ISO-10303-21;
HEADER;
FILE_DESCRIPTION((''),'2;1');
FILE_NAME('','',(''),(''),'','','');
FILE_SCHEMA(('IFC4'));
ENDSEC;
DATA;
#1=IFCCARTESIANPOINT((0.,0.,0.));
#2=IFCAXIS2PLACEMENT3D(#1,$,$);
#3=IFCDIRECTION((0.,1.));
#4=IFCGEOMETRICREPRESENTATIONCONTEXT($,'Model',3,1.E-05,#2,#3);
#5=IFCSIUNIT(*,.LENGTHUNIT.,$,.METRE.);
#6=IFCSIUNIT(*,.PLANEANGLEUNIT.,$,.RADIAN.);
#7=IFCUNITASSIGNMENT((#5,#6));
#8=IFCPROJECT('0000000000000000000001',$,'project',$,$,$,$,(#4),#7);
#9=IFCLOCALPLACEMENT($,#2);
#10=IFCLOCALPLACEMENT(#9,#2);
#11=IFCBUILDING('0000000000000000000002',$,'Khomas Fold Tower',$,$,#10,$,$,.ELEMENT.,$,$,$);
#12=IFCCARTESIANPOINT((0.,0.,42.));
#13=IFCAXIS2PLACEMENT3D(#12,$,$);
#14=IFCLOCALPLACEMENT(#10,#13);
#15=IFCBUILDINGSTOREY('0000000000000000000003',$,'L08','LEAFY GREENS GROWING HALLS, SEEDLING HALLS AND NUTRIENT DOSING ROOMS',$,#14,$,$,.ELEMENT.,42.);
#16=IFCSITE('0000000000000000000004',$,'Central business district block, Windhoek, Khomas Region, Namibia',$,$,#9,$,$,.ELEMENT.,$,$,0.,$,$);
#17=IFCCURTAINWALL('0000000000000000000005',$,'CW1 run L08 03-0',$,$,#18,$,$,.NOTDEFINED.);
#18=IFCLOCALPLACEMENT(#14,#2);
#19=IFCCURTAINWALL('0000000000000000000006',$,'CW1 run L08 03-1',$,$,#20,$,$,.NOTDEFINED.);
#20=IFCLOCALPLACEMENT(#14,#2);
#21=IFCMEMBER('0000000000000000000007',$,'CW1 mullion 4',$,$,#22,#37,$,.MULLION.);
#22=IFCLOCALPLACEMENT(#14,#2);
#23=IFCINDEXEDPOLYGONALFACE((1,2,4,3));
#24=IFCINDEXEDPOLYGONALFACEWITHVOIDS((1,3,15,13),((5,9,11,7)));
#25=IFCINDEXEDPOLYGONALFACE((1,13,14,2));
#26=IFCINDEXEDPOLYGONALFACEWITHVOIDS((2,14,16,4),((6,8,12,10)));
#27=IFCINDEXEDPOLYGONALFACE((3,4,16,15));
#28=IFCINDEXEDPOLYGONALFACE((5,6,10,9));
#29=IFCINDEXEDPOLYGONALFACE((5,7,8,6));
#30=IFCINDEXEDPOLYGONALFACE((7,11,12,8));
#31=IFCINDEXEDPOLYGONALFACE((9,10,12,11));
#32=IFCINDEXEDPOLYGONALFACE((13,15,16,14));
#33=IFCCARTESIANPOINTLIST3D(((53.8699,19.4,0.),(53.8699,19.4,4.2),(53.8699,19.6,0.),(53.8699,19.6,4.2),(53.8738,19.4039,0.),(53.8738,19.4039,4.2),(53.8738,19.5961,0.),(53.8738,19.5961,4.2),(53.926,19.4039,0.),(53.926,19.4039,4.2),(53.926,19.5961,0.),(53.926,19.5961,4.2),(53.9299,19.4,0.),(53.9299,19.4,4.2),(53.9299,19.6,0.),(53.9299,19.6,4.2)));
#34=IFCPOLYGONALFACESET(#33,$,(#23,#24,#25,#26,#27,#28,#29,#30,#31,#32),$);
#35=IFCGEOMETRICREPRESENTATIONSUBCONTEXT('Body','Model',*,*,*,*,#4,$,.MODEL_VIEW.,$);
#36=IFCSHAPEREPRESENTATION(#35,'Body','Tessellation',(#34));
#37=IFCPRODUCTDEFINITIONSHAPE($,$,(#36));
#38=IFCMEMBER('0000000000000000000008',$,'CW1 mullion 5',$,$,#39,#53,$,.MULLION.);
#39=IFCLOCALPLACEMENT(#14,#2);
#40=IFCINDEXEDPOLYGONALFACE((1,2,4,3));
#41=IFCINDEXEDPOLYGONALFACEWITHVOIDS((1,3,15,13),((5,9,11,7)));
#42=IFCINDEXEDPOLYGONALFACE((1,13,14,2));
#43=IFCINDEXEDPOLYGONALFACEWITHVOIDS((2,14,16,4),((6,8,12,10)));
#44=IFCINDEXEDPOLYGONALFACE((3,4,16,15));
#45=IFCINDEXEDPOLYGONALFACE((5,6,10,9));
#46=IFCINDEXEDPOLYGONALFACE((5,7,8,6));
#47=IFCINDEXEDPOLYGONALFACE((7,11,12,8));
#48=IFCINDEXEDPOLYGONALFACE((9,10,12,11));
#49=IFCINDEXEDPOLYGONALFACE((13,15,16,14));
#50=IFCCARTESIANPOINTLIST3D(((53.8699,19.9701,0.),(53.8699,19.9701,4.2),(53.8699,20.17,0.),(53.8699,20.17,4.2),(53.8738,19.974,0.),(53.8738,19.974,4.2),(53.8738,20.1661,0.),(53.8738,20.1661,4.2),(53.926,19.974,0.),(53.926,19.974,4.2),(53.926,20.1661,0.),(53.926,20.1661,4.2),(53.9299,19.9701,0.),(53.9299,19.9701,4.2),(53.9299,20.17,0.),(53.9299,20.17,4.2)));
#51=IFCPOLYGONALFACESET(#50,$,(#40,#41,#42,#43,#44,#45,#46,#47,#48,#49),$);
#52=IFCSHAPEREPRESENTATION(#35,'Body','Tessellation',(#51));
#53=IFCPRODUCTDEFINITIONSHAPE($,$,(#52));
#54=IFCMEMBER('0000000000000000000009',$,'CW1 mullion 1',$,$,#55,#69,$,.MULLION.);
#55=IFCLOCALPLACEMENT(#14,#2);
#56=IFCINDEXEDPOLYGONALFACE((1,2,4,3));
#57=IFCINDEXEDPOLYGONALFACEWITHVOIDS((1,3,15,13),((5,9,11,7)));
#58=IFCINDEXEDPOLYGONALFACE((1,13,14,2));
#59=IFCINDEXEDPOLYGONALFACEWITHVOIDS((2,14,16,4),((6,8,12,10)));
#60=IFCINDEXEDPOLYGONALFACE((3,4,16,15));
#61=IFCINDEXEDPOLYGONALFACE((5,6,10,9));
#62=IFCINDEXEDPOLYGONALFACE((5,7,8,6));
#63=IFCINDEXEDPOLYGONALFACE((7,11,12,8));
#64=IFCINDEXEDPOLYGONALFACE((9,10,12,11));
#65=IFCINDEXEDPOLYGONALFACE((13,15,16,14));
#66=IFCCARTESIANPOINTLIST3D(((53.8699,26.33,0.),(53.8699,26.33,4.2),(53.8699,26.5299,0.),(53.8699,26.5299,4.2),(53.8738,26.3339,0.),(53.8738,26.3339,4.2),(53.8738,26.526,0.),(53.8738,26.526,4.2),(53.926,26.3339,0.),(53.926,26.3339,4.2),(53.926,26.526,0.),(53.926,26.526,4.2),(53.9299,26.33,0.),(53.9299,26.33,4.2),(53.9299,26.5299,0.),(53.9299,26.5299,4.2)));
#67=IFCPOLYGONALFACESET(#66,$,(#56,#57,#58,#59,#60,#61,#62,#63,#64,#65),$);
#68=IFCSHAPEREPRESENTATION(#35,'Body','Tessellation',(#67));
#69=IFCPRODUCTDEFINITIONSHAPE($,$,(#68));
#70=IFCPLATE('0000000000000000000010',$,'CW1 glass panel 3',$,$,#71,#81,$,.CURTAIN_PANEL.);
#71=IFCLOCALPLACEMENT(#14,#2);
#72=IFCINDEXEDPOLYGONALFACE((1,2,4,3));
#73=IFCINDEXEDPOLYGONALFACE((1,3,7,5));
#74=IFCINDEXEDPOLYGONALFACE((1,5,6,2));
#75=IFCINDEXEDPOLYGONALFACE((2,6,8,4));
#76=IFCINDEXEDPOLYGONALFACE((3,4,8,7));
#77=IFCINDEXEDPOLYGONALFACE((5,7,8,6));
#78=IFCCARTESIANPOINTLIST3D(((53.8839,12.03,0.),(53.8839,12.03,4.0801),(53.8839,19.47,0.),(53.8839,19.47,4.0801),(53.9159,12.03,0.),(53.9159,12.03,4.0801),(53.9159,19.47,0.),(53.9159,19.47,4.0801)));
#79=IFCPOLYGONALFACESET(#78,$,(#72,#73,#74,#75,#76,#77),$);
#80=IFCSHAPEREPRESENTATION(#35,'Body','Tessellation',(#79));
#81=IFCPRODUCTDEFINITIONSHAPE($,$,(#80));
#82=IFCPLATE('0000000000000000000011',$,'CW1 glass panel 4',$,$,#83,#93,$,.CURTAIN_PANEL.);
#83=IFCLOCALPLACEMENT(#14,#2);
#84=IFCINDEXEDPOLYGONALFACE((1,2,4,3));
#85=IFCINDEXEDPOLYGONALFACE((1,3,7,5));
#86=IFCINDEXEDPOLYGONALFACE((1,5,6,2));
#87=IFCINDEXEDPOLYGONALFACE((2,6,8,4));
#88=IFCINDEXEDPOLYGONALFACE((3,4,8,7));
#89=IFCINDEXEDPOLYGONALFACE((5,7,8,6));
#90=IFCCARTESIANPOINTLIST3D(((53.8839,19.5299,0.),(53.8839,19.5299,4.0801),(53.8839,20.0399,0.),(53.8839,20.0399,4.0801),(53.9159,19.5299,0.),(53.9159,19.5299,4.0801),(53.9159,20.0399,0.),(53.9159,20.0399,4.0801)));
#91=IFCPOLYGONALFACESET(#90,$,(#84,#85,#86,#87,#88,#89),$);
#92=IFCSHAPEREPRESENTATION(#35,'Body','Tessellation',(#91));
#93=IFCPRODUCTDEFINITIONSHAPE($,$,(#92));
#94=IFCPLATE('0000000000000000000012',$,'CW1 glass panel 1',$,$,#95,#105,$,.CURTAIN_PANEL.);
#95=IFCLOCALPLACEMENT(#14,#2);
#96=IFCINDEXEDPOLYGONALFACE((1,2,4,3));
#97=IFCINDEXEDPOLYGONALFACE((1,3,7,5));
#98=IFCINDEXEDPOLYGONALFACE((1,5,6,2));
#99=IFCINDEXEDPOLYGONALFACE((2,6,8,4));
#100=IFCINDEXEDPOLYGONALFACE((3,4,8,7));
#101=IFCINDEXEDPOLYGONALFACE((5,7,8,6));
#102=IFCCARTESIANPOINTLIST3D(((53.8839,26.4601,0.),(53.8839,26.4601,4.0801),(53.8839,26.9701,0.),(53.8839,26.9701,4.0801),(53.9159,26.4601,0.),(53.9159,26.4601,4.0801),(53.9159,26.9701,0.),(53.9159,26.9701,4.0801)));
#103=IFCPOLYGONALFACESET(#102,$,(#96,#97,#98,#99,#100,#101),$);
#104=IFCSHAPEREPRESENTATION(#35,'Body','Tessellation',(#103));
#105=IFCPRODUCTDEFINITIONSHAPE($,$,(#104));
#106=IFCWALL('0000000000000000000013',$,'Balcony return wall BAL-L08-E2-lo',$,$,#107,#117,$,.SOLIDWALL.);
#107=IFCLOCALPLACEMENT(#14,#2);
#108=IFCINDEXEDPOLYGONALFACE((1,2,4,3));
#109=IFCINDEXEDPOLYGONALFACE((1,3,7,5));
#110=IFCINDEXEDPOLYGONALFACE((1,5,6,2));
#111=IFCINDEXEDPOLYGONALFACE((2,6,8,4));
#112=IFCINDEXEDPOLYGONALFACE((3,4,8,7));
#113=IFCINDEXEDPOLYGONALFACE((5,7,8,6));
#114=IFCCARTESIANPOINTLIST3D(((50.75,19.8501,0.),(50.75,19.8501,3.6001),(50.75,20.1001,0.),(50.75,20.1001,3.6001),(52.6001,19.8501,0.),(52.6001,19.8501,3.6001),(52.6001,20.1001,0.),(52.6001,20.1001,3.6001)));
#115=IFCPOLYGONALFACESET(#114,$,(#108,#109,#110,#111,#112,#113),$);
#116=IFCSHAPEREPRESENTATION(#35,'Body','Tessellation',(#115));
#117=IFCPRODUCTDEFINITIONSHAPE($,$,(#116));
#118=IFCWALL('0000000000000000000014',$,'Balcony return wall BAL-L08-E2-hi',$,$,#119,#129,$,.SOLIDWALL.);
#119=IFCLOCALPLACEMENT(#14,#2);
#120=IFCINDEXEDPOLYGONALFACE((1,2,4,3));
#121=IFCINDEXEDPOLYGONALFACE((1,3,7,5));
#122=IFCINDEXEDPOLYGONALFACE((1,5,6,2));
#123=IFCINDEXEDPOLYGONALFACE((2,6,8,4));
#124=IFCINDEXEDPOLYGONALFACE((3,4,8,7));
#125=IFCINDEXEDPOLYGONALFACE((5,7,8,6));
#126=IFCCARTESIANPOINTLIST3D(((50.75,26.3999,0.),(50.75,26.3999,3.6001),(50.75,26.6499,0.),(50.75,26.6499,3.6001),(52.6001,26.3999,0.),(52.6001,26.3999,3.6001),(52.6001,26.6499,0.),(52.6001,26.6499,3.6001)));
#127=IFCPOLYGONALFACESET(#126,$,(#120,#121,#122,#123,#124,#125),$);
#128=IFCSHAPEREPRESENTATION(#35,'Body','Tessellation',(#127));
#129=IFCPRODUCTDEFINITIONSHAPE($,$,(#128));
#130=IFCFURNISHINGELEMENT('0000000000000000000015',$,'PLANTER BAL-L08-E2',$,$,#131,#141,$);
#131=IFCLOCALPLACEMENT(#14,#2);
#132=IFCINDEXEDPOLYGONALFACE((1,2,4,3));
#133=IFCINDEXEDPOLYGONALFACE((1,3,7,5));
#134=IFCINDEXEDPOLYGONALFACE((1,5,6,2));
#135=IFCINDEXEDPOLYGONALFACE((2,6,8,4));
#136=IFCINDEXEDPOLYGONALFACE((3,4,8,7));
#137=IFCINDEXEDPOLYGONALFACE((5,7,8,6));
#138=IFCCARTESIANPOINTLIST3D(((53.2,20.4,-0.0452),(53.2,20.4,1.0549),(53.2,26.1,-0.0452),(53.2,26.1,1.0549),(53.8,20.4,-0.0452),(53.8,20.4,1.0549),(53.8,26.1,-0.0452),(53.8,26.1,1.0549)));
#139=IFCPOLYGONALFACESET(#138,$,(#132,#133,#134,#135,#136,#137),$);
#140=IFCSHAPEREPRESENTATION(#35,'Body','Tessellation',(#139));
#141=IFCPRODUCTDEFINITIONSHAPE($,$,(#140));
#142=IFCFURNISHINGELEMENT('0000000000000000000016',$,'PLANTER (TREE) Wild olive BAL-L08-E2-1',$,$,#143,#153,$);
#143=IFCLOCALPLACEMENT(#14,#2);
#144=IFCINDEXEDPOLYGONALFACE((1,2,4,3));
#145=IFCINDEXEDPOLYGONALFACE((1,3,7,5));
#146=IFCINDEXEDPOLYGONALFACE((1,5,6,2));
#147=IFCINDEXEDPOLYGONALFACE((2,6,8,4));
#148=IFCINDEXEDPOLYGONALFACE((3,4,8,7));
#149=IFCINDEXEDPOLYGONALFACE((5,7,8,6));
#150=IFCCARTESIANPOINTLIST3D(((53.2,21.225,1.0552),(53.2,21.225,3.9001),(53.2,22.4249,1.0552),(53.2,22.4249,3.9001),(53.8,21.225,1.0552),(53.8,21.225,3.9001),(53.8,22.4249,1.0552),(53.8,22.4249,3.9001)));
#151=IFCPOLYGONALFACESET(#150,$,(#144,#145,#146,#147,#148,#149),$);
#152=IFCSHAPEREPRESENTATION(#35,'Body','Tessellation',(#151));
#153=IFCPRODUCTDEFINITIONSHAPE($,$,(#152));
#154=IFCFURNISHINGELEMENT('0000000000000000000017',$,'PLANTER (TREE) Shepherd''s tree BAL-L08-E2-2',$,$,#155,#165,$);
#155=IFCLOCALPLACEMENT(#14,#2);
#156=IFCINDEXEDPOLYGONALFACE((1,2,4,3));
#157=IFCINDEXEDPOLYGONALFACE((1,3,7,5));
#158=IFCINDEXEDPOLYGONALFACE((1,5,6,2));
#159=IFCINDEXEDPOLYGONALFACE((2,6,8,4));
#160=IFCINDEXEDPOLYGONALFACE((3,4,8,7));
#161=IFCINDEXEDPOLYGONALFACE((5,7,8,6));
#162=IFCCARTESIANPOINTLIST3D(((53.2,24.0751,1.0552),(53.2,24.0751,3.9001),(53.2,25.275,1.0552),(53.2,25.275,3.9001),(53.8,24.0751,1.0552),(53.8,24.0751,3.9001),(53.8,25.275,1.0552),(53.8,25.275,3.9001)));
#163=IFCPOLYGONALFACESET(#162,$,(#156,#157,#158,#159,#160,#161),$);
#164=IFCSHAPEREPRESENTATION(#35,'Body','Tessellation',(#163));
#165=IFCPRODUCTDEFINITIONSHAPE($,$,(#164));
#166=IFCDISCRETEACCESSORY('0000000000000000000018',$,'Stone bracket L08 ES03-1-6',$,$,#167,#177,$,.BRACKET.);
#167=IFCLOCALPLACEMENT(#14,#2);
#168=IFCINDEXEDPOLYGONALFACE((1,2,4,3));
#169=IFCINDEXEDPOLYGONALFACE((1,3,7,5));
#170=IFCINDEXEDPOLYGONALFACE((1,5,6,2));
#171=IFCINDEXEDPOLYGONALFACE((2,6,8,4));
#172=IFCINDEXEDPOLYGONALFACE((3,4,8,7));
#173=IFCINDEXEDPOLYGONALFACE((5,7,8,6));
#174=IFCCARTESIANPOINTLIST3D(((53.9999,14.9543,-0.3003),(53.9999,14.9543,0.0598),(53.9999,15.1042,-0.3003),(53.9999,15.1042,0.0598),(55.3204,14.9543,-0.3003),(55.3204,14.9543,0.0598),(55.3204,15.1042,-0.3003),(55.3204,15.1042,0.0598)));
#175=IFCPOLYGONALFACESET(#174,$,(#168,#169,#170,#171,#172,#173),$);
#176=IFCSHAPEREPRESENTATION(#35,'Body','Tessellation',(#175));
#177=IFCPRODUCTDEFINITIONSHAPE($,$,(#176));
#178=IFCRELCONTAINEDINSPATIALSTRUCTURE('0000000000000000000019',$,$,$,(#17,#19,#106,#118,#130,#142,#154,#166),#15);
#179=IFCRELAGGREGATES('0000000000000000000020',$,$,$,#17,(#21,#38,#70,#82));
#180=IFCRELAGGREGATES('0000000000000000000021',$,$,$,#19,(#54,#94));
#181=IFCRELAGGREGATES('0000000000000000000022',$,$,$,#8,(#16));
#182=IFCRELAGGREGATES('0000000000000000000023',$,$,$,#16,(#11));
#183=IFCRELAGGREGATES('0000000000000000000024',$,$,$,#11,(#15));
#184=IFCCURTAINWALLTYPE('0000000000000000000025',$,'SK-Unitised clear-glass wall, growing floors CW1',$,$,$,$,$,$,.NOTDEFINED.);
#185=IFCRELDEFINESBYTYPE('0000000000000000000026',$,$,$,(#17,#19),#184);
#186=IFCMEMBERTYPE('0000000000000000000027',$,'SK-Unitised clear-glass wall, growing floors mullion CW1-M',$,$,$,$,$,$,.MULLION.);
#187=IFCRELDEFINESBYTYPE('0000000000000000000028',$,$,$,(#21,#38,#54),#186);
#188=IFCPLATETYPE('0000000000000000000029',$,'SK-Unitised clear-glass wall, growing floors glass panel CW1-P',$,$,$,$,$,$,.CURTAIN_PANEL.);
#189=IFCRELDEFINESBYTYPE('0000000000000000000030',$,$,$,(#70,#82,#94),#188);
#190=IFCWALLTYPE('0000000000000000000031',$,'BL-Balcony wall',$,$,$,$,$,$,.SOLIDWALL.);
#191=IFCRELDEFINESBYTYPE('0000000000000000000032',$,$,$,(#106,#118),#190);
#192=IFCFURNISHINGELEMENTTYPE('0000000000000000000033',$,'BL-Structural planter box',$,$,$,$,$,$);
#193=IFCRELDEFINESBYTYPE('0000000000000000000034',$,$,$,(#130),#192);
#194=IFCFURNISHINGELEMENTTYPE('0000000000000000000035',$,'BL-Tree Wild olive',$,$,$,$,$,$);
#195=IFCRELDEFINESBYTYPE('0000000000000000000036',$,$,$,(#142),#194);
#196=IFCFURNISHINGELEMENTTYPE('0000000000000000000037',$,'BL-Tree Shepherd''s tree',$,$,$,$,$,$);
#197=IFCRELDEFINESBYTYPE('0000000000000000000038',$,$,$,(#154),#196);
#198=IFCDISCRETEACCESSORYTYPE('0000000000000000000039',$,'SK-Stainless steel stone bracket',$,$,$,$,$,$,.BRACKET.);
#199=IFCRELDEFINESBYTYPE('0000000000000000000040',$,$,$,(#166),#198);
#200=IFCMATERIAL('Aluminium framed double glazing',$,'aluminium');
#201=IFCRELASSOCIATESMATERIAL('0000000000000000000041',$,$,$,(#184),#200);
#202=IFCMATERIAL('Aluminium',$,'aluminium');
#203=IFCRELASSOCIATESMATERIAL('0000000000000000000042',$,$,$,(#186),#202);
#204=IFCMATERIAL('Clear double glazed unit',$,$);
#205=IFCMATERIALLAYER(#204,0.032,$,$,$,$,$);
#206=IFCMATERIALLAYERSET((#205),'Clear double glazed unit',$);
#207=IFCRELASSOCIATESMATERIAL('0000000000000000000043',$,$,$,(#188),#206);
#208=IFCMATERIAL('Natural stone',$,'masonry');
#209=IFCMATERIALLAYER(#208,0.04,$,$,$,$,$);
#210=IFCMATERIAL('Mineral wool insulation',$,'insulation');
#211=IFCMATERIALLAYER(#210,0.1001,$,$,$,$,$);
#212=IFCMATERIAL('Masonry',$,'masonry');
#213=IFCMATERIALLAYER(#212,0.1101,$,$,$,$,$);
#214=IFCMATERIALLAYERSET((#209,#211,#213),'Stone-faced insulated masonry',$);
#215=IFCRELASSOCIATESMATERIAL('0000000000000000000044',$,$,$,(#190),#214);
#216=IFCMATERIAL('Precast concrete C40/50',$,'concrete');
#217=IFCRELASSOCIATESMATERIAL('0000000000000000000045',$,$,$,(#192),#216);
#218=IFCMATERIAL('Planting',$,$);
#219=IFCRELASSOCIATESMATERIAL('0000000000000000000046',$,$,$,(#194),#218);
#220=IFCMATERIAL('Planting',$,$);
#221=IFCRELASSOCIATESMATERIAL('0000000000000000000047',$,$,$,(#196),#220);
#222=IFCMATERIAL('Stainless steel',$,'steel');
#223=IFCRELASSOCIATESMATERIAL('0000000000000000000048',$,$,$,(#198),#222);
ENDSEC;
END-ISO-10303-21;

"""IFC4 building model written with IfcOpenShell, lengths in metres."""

from ifc_helpers import new_model, si_unit, direction, frame, frame_2d, origin, origin_2d, place, context, subcontext, project, spatial, rectangle, hollow_rectangle, extrude, source, transform, mapped, material, layer, layer_set, material_profile, profile_set, type_object, element, aggregate, save


model = new_model("IFC4")

# Units and contexts
model_context = context("Model", 3, precision=1e-05, world=origin(), true_north=direction((0.0, 1.0)))
body_context = subcontext(model_context, "Body", "Model", "MODEL_VIEW")
ifc_project = project(units=[si_unit("LENGTHUNIT", "METRE"), si_unit("PLANEANGLEUNIT", "RADIAN")], contexts=[model_context])

# Site, building, storey
site_placement = place(None, origin())
site = spatial("IfcSite", under=ifc_project, at=site_placement, Name="Central business district block, Windhoek, Khomas Region, Namibia", CompositionType="ELEMENT", RefElevation=0.0)
building_placement = place(site_placement, origin())
building = spatial("IfcBuilding", under=site, at=building_placement, Name="Khomas Fold Tower", CompositionType="ELEMENT")
storey_placement = place(building_placement, frame((0.0, 0.0, 42.0)))
storey = spatial("IfcBuildingStorey", under=building, at=storey_placement, Name="L08", Description="LEAFY GREENS GROWING HALLS, SEEDLING HALLS AND NUTRIENT DOSING ROOMS", CompositionType="ELEMENT", Elevation=42.0)

# Curtain wall
ifc_material_1 = material(Name="Aluminium framed double glazing", Category="aluminium")
curtain_wall_type = type_object("IfcCurtainWallType", Name="SK-Unitised clear-glass wall, growing floors CW1", PredefinedType="NOTDEFINED", material=ifc_material_1)
curtain_wall_1_placement = place(storey_placement, origin())
curtain_wall_1 = element("IfcCurtainWall", 1, at=curtain_wall_1_placement, inside=storey, type_object=curtain_wall_type, Name="CW1 run L08 03-0", PredefinedType="NOTDEFINED")

# Curtain wall
curtain_wall_2_placement = place(storey_placement, origin())
curtain_wall_2 = element("IfcCurtainWall", 2, at=curtain_wall_2_placement, inside=storey, type_object=curtain_wall_type, Name="CW1 run L08 03-1", PredefinedType="NOTDEFINED")

# Members
ifc_material_2 = material(Name="Aluminium", Category="aluminium")
ifc_material_profile_1 = material_profile(ifc_material_2, hollow_rectangle(XDim=0.0601, YDim=0.2, WallThickness=0.0039, at=origin_2d()), Name="SK-Unitised clear-glass wall, growing floors mullion CW1-M")
ifc_profile_set_1 = profile_set([ifc_material_profile_1], Name="Aluminium")
member_type_1 = type_object("IfcMemberType", Name="SK-Unitised clear-glass wall, growing floors mullion CW1-M", PredefinedType="MULLION", material=ifc_profile_set_1)
shared_shape_1 = source(origin(), body_context, "Body", "SweptSolid", [
    extrude(hollow_rectangle(XDim=0.0601, YDim=0.2, WallThickness=0.0039, at=origin_2d()), origin(), (0.0, 0.0, 1.0), 4.2),
])
member_1_placement = place(storey_placement, frame((53.8999, 19.5, 0.0), z_axis=(0.0, 0.0, 1.0), x_axis=(-1.0, 0.0, 0.0)))
member_1 = element("IfcMember", 3, at=member_1_placement, type_object=member_type_1, Name="CW1 mullion 4", PredefinedType="MULLION", context=body_context, shape_type="MappedRepresentation", body=[
    mapped(shared_shape_1, transform((0.0, 0.0, 0.0))),
])
member_2_placement = place(storey_placement, frame((53.8999, 20.0701, 0.0), z_axis=(0.0, 0.0, 1.0), x_axis=(-1.0, 0.0, 0.0)))
member_2 = element("IfcMember", 4, at=member_2_placement, type_object=member_type_1, Name="CW1 mullion 5", PredefinedType="MULLION", context=body_context, shape_type="MappedRepresentation", body=[
    mapped(shared_shape_1, transform((0.0, 0.0, 0.0))),
])
member_3_placement = place(storey_placement, frame((53.8999, 26.4299, 0.0), z_axis=(0.0, 0.0, 1.0), x_axis=(-1.0, 0.0, 0.0)))
member_3 = element("IfcMember", 5, at=member_3_placement, type_object=member_type_1, Name="CW1 mullion 1", PredefinedType="MULLION", context=body_context, shape_type="MappedRepresentation", body=[
    mapped(shared_shape_1, transform((0.0, 0.0, 0.0))),
])

# Plates
ifc_material_3 = material(Name="Clear double glazed unit")
ifc_layer_1 = layer(ifc_material_3, 0.032)
ifc_layer_set_1 = layer_set([ifc_layer_1], Name="Clear double glazed unit")
plate_type = type_object("IfcPlateType", Name="SK-Unitised clear-glass wall, growing floors glass panel CW1-P", PredefinedType="CURTAIN_PANEL", material=ifc_layer_set_1)
shared_shape_2 = source(origin(), body_context, "Body", "SweptSolid", [
    extrude(rectangle(XDim=7.4399, YDim=0.032, at=origin_2d()), origin(), (0.0, 0.0, 1.0), 4.0801),
])
plate_1_placement = place(storey_placement, frame((53.8999, 15.75, 0.0), z_axis=(0.0, 0.0, 1.0), x_axis=(0.0, 1.0, 0.0)))
plate_1 = element("IfcPlate", 6, at=plate_1_placement, type_object=plate_type, Name="CW1 glass panel 3", PredefinedType="CURTAIN_PANEL", context=body_context, shape_type="MappedRepresentation", body=[
    mapped(shared_shape_2, transform((0.0, 0.0, 0.0))),
])
shared_shape_3 = source(origin(), body_context, "Body", "SweptSolid", [
    extrude(rectangle(XDim=0.51, YDim=0.032, at=origin_2d()), origin(), (0.0, 0.0, 1.0), 4.0801),
])
plate_2_placement = place(storey_placement, frame((53.8999, 19.7849, 0.0), z_axis=(0.0, 0.0, 1.0), x_axis=(0.0, 1.0, 0.0)))
plate_2 = element("IfcPlate", 7, at=plate_2_placement, type_object=plate_type, Name="CW1 glass panel 4", PredefinedType="CURTAIN_PANEL", context=body_context, shape_type="MappedRepresentation", body=[
    mapped(shared_shape_3, transform((0.0, 0.0, 0.0))),
])
aggregate(curtain_wall_1, [member_1, member_2, plate_1, plate_2])
plate_3_placement = place(storey_placement, frame((53.8999, 26.7151, 0.0), z_axis=(0.0, 0.0, 1.0), x_axis=(0.0, 1.0, 0.0)))
plate_3 = element("IfcPlate", 8, at=plate_3_placement, type_object=plate_type, Name="CW1 glass panel 1", PredefinedType="CURTAIN_PANEL", context=body_context, shape_type="MappedRepresentation", body=[
    mapped(shared_shape_3, transform((0.0, 0.0, 0.0))),
])
aggregate(curtain_wall_2, [member_3, plate_3])

# Shared definitions
ifc_material_4 = material(Name="Natural stone", Category="masonry")
ifc_layer_2 = layer(ifc_material_4, 0.04)
ifc_material_5 = material(Name="Mineral wool insulation", Category="insulation")
ifc_layer_3 = layer(ifc_material_5, 0.1001)
ifc_material_6 = material(Name="Masonry", Category="masonry")
ifc_layer_4 = layer(ifc_material_6, 0.1101)
ifc_layer_set_2 = layer_set([ifc_layer_2, ifc_layer_3, ifc_layer_4], Name="Stone-faced insulated masonry")
wall_type = type_object("IfcWallType", Name="BL-Balcony wall", PredefinedType="SOLIDWALL", material=ifc_layer_set_2)

# Walls
shared_shape_4 = source(origin(), body_context, "Body", "SweptSolid", [
    extrude(rectangle(XDim=1.8501, YDim=0.25, at=frame_2d((0.925, 0.0))), origin(), (0.0, 0.0, 1.0), 3.6001),
])
for number, where, z_axis, x_axis, name in (
    (9, (52.6001, 19.9751, 0.0), (0.0, 0.0, 1.0), (-1.0, 0.0, 0.0), "Balcony return wall BAL-L08-E2-lo"),
    (10, (52.6001, 26.5249, 0.0), (0.0, 0.0, 1.0), (-1.0, 0.0, 0.0), "Balcony return wall BAL-L08-E2-hi"),
):
    element("IfcWall", number, at=place(storey_placement, frame(where, z_axis=z_axis, x_axis=x_axis)), inside=storey, type_object=wall_type, Name=name, PredefinedType="SOLIDWALL", context=body_context, shape_type="MappedRepresentation", body=[
        mapped(shared_shape_4, transform((0.0, 0.0, 0.0))),
    ])

# Furnishing elements
ifc_material_7 = material(Name="Precast concrete C40/50", Category="concrete")
furnishing_element_type_1 = type_object("IfcFurnishingElementType", Name="BL-Structural planter box", material=ifc_material_7)
shared_shape_5 = source(origin(), body_context, "Body", "SweptSolid", [
    extrude(rectangle(XDim=5.7, YDim=0.6001, at=origin_2d()), origin(), (0.0, 0.0, 1.0), 1.1001),
])
furnishing_1_placement = place(storey_placement, frame((53.5, 23.25, -0.0452), z_axis=(0.0, 0.0, 1.0), x_axis=(0.0, 1.0, 0.0)))
element("IfcFurnishingElement", 11, at=furnishing_1_placement, inside=storey, type_object=furnishing_element_type_1, Name="PLANTER BAL-L08-E2", context=body_context, shape_type="MappedRepresentation", body=[
    mapped(shared_shape_5, transform((0.0, 0.0, 0.0))),
])
ifc_material_8 = material(Name="Planting")
furnishing_element_type_2 = type_object("IfcFurnishingElementType", Name="BL-Tree Wild olive", material=ifc_material_8)
shared_shape_6 = source(origin(), body_context, "Body", "SweptSolid", [
    extrude(rectangle(XDim=1.2, YDim=0.6001, at=origin_2d()), origin(), (0.0, 0.0, 1.0), 2.845),
])
furnishing_2_placement = place(storey_placement, frame((53.5, 21.825, 1.0552), z_axis=(0.0, 0.0, 1.0), x_axis=(0.0, 1.0, 0.0)))
element("IfcFurnishingElement", 12, at=furnishing_2_placement, inside=storey, type_object=furnishing_element_type_2, Name="PLANTER (TREE) Wild olive BAL-L08-E2-1", context=body_context, shape_type="MappedRepresentation", body=[
    mapped(shared_shape_6, transform((0.0, 0.0, 0.0))),
])
ifc_material_9 = material(Name="Planting")
furnishing_element_type_3 = type_object("IfcFurnishingElementType", Name="BL-Tree Shepherd's tree", material=ifc_material_9)
furnishing_3_placement = place(storey_placement, frame((53.5, 24.675, 1.0552), z_axis=(0.0, 0.0, 1.0), x_axis=(0.0, 1.0, 0.0)))
element("IfcFurnishingElement", 13, at=furnishing_3_placement, inside=storey, type_object=furnishing_element_type_3, Name="PLANTER (TREE) Shepherd's tree BAL-L08-E2-2", context=body_context, shape_type="MappedRepresentation", body=[
    mapped(shared_shape_6, transform((0.0, 0.0, 0.0))),
])

# Discrete accessory
ifc_material_10 = material(Name="Stainless steel", Category="steel")
discrete_accessory_type = type_object("IfcDiscreteAccessoryType", Name="SK-Stainless steel stone bracket", PredefinedType="BRACKET", material=ifc_material_10)
shared_shape_7 = source(origin(), body_context, "Body", "SweptSolid", [
    extrude(rectangle(XDim=1.3206, YDim=0.1499, at=origin_2d()), origin(), (0.0, 0.0, 1.0), 0.3601),
])
discrete_accessory_placement = place(storey_placement, frame((54.6602, 15.0293, -0.3003), z_axis=(0.0, 0.0, 1.0), x_axis=(1.0, 0.0, 0.0)))
element("IfcDiscreteAccessory", 14, at=discrete_accessory_placement, inside=storey, type_object=discrete_accessory_type, Name="Stone bracket L08 ES03-1-6", PredefinedType="BRACKET", context=body_context, shape_type="MappedRepresentation", body=[
    mapped(shared_shape_7, transform((0.0, 0.0, 0.0))),
])

save(model, "model.ifc")
